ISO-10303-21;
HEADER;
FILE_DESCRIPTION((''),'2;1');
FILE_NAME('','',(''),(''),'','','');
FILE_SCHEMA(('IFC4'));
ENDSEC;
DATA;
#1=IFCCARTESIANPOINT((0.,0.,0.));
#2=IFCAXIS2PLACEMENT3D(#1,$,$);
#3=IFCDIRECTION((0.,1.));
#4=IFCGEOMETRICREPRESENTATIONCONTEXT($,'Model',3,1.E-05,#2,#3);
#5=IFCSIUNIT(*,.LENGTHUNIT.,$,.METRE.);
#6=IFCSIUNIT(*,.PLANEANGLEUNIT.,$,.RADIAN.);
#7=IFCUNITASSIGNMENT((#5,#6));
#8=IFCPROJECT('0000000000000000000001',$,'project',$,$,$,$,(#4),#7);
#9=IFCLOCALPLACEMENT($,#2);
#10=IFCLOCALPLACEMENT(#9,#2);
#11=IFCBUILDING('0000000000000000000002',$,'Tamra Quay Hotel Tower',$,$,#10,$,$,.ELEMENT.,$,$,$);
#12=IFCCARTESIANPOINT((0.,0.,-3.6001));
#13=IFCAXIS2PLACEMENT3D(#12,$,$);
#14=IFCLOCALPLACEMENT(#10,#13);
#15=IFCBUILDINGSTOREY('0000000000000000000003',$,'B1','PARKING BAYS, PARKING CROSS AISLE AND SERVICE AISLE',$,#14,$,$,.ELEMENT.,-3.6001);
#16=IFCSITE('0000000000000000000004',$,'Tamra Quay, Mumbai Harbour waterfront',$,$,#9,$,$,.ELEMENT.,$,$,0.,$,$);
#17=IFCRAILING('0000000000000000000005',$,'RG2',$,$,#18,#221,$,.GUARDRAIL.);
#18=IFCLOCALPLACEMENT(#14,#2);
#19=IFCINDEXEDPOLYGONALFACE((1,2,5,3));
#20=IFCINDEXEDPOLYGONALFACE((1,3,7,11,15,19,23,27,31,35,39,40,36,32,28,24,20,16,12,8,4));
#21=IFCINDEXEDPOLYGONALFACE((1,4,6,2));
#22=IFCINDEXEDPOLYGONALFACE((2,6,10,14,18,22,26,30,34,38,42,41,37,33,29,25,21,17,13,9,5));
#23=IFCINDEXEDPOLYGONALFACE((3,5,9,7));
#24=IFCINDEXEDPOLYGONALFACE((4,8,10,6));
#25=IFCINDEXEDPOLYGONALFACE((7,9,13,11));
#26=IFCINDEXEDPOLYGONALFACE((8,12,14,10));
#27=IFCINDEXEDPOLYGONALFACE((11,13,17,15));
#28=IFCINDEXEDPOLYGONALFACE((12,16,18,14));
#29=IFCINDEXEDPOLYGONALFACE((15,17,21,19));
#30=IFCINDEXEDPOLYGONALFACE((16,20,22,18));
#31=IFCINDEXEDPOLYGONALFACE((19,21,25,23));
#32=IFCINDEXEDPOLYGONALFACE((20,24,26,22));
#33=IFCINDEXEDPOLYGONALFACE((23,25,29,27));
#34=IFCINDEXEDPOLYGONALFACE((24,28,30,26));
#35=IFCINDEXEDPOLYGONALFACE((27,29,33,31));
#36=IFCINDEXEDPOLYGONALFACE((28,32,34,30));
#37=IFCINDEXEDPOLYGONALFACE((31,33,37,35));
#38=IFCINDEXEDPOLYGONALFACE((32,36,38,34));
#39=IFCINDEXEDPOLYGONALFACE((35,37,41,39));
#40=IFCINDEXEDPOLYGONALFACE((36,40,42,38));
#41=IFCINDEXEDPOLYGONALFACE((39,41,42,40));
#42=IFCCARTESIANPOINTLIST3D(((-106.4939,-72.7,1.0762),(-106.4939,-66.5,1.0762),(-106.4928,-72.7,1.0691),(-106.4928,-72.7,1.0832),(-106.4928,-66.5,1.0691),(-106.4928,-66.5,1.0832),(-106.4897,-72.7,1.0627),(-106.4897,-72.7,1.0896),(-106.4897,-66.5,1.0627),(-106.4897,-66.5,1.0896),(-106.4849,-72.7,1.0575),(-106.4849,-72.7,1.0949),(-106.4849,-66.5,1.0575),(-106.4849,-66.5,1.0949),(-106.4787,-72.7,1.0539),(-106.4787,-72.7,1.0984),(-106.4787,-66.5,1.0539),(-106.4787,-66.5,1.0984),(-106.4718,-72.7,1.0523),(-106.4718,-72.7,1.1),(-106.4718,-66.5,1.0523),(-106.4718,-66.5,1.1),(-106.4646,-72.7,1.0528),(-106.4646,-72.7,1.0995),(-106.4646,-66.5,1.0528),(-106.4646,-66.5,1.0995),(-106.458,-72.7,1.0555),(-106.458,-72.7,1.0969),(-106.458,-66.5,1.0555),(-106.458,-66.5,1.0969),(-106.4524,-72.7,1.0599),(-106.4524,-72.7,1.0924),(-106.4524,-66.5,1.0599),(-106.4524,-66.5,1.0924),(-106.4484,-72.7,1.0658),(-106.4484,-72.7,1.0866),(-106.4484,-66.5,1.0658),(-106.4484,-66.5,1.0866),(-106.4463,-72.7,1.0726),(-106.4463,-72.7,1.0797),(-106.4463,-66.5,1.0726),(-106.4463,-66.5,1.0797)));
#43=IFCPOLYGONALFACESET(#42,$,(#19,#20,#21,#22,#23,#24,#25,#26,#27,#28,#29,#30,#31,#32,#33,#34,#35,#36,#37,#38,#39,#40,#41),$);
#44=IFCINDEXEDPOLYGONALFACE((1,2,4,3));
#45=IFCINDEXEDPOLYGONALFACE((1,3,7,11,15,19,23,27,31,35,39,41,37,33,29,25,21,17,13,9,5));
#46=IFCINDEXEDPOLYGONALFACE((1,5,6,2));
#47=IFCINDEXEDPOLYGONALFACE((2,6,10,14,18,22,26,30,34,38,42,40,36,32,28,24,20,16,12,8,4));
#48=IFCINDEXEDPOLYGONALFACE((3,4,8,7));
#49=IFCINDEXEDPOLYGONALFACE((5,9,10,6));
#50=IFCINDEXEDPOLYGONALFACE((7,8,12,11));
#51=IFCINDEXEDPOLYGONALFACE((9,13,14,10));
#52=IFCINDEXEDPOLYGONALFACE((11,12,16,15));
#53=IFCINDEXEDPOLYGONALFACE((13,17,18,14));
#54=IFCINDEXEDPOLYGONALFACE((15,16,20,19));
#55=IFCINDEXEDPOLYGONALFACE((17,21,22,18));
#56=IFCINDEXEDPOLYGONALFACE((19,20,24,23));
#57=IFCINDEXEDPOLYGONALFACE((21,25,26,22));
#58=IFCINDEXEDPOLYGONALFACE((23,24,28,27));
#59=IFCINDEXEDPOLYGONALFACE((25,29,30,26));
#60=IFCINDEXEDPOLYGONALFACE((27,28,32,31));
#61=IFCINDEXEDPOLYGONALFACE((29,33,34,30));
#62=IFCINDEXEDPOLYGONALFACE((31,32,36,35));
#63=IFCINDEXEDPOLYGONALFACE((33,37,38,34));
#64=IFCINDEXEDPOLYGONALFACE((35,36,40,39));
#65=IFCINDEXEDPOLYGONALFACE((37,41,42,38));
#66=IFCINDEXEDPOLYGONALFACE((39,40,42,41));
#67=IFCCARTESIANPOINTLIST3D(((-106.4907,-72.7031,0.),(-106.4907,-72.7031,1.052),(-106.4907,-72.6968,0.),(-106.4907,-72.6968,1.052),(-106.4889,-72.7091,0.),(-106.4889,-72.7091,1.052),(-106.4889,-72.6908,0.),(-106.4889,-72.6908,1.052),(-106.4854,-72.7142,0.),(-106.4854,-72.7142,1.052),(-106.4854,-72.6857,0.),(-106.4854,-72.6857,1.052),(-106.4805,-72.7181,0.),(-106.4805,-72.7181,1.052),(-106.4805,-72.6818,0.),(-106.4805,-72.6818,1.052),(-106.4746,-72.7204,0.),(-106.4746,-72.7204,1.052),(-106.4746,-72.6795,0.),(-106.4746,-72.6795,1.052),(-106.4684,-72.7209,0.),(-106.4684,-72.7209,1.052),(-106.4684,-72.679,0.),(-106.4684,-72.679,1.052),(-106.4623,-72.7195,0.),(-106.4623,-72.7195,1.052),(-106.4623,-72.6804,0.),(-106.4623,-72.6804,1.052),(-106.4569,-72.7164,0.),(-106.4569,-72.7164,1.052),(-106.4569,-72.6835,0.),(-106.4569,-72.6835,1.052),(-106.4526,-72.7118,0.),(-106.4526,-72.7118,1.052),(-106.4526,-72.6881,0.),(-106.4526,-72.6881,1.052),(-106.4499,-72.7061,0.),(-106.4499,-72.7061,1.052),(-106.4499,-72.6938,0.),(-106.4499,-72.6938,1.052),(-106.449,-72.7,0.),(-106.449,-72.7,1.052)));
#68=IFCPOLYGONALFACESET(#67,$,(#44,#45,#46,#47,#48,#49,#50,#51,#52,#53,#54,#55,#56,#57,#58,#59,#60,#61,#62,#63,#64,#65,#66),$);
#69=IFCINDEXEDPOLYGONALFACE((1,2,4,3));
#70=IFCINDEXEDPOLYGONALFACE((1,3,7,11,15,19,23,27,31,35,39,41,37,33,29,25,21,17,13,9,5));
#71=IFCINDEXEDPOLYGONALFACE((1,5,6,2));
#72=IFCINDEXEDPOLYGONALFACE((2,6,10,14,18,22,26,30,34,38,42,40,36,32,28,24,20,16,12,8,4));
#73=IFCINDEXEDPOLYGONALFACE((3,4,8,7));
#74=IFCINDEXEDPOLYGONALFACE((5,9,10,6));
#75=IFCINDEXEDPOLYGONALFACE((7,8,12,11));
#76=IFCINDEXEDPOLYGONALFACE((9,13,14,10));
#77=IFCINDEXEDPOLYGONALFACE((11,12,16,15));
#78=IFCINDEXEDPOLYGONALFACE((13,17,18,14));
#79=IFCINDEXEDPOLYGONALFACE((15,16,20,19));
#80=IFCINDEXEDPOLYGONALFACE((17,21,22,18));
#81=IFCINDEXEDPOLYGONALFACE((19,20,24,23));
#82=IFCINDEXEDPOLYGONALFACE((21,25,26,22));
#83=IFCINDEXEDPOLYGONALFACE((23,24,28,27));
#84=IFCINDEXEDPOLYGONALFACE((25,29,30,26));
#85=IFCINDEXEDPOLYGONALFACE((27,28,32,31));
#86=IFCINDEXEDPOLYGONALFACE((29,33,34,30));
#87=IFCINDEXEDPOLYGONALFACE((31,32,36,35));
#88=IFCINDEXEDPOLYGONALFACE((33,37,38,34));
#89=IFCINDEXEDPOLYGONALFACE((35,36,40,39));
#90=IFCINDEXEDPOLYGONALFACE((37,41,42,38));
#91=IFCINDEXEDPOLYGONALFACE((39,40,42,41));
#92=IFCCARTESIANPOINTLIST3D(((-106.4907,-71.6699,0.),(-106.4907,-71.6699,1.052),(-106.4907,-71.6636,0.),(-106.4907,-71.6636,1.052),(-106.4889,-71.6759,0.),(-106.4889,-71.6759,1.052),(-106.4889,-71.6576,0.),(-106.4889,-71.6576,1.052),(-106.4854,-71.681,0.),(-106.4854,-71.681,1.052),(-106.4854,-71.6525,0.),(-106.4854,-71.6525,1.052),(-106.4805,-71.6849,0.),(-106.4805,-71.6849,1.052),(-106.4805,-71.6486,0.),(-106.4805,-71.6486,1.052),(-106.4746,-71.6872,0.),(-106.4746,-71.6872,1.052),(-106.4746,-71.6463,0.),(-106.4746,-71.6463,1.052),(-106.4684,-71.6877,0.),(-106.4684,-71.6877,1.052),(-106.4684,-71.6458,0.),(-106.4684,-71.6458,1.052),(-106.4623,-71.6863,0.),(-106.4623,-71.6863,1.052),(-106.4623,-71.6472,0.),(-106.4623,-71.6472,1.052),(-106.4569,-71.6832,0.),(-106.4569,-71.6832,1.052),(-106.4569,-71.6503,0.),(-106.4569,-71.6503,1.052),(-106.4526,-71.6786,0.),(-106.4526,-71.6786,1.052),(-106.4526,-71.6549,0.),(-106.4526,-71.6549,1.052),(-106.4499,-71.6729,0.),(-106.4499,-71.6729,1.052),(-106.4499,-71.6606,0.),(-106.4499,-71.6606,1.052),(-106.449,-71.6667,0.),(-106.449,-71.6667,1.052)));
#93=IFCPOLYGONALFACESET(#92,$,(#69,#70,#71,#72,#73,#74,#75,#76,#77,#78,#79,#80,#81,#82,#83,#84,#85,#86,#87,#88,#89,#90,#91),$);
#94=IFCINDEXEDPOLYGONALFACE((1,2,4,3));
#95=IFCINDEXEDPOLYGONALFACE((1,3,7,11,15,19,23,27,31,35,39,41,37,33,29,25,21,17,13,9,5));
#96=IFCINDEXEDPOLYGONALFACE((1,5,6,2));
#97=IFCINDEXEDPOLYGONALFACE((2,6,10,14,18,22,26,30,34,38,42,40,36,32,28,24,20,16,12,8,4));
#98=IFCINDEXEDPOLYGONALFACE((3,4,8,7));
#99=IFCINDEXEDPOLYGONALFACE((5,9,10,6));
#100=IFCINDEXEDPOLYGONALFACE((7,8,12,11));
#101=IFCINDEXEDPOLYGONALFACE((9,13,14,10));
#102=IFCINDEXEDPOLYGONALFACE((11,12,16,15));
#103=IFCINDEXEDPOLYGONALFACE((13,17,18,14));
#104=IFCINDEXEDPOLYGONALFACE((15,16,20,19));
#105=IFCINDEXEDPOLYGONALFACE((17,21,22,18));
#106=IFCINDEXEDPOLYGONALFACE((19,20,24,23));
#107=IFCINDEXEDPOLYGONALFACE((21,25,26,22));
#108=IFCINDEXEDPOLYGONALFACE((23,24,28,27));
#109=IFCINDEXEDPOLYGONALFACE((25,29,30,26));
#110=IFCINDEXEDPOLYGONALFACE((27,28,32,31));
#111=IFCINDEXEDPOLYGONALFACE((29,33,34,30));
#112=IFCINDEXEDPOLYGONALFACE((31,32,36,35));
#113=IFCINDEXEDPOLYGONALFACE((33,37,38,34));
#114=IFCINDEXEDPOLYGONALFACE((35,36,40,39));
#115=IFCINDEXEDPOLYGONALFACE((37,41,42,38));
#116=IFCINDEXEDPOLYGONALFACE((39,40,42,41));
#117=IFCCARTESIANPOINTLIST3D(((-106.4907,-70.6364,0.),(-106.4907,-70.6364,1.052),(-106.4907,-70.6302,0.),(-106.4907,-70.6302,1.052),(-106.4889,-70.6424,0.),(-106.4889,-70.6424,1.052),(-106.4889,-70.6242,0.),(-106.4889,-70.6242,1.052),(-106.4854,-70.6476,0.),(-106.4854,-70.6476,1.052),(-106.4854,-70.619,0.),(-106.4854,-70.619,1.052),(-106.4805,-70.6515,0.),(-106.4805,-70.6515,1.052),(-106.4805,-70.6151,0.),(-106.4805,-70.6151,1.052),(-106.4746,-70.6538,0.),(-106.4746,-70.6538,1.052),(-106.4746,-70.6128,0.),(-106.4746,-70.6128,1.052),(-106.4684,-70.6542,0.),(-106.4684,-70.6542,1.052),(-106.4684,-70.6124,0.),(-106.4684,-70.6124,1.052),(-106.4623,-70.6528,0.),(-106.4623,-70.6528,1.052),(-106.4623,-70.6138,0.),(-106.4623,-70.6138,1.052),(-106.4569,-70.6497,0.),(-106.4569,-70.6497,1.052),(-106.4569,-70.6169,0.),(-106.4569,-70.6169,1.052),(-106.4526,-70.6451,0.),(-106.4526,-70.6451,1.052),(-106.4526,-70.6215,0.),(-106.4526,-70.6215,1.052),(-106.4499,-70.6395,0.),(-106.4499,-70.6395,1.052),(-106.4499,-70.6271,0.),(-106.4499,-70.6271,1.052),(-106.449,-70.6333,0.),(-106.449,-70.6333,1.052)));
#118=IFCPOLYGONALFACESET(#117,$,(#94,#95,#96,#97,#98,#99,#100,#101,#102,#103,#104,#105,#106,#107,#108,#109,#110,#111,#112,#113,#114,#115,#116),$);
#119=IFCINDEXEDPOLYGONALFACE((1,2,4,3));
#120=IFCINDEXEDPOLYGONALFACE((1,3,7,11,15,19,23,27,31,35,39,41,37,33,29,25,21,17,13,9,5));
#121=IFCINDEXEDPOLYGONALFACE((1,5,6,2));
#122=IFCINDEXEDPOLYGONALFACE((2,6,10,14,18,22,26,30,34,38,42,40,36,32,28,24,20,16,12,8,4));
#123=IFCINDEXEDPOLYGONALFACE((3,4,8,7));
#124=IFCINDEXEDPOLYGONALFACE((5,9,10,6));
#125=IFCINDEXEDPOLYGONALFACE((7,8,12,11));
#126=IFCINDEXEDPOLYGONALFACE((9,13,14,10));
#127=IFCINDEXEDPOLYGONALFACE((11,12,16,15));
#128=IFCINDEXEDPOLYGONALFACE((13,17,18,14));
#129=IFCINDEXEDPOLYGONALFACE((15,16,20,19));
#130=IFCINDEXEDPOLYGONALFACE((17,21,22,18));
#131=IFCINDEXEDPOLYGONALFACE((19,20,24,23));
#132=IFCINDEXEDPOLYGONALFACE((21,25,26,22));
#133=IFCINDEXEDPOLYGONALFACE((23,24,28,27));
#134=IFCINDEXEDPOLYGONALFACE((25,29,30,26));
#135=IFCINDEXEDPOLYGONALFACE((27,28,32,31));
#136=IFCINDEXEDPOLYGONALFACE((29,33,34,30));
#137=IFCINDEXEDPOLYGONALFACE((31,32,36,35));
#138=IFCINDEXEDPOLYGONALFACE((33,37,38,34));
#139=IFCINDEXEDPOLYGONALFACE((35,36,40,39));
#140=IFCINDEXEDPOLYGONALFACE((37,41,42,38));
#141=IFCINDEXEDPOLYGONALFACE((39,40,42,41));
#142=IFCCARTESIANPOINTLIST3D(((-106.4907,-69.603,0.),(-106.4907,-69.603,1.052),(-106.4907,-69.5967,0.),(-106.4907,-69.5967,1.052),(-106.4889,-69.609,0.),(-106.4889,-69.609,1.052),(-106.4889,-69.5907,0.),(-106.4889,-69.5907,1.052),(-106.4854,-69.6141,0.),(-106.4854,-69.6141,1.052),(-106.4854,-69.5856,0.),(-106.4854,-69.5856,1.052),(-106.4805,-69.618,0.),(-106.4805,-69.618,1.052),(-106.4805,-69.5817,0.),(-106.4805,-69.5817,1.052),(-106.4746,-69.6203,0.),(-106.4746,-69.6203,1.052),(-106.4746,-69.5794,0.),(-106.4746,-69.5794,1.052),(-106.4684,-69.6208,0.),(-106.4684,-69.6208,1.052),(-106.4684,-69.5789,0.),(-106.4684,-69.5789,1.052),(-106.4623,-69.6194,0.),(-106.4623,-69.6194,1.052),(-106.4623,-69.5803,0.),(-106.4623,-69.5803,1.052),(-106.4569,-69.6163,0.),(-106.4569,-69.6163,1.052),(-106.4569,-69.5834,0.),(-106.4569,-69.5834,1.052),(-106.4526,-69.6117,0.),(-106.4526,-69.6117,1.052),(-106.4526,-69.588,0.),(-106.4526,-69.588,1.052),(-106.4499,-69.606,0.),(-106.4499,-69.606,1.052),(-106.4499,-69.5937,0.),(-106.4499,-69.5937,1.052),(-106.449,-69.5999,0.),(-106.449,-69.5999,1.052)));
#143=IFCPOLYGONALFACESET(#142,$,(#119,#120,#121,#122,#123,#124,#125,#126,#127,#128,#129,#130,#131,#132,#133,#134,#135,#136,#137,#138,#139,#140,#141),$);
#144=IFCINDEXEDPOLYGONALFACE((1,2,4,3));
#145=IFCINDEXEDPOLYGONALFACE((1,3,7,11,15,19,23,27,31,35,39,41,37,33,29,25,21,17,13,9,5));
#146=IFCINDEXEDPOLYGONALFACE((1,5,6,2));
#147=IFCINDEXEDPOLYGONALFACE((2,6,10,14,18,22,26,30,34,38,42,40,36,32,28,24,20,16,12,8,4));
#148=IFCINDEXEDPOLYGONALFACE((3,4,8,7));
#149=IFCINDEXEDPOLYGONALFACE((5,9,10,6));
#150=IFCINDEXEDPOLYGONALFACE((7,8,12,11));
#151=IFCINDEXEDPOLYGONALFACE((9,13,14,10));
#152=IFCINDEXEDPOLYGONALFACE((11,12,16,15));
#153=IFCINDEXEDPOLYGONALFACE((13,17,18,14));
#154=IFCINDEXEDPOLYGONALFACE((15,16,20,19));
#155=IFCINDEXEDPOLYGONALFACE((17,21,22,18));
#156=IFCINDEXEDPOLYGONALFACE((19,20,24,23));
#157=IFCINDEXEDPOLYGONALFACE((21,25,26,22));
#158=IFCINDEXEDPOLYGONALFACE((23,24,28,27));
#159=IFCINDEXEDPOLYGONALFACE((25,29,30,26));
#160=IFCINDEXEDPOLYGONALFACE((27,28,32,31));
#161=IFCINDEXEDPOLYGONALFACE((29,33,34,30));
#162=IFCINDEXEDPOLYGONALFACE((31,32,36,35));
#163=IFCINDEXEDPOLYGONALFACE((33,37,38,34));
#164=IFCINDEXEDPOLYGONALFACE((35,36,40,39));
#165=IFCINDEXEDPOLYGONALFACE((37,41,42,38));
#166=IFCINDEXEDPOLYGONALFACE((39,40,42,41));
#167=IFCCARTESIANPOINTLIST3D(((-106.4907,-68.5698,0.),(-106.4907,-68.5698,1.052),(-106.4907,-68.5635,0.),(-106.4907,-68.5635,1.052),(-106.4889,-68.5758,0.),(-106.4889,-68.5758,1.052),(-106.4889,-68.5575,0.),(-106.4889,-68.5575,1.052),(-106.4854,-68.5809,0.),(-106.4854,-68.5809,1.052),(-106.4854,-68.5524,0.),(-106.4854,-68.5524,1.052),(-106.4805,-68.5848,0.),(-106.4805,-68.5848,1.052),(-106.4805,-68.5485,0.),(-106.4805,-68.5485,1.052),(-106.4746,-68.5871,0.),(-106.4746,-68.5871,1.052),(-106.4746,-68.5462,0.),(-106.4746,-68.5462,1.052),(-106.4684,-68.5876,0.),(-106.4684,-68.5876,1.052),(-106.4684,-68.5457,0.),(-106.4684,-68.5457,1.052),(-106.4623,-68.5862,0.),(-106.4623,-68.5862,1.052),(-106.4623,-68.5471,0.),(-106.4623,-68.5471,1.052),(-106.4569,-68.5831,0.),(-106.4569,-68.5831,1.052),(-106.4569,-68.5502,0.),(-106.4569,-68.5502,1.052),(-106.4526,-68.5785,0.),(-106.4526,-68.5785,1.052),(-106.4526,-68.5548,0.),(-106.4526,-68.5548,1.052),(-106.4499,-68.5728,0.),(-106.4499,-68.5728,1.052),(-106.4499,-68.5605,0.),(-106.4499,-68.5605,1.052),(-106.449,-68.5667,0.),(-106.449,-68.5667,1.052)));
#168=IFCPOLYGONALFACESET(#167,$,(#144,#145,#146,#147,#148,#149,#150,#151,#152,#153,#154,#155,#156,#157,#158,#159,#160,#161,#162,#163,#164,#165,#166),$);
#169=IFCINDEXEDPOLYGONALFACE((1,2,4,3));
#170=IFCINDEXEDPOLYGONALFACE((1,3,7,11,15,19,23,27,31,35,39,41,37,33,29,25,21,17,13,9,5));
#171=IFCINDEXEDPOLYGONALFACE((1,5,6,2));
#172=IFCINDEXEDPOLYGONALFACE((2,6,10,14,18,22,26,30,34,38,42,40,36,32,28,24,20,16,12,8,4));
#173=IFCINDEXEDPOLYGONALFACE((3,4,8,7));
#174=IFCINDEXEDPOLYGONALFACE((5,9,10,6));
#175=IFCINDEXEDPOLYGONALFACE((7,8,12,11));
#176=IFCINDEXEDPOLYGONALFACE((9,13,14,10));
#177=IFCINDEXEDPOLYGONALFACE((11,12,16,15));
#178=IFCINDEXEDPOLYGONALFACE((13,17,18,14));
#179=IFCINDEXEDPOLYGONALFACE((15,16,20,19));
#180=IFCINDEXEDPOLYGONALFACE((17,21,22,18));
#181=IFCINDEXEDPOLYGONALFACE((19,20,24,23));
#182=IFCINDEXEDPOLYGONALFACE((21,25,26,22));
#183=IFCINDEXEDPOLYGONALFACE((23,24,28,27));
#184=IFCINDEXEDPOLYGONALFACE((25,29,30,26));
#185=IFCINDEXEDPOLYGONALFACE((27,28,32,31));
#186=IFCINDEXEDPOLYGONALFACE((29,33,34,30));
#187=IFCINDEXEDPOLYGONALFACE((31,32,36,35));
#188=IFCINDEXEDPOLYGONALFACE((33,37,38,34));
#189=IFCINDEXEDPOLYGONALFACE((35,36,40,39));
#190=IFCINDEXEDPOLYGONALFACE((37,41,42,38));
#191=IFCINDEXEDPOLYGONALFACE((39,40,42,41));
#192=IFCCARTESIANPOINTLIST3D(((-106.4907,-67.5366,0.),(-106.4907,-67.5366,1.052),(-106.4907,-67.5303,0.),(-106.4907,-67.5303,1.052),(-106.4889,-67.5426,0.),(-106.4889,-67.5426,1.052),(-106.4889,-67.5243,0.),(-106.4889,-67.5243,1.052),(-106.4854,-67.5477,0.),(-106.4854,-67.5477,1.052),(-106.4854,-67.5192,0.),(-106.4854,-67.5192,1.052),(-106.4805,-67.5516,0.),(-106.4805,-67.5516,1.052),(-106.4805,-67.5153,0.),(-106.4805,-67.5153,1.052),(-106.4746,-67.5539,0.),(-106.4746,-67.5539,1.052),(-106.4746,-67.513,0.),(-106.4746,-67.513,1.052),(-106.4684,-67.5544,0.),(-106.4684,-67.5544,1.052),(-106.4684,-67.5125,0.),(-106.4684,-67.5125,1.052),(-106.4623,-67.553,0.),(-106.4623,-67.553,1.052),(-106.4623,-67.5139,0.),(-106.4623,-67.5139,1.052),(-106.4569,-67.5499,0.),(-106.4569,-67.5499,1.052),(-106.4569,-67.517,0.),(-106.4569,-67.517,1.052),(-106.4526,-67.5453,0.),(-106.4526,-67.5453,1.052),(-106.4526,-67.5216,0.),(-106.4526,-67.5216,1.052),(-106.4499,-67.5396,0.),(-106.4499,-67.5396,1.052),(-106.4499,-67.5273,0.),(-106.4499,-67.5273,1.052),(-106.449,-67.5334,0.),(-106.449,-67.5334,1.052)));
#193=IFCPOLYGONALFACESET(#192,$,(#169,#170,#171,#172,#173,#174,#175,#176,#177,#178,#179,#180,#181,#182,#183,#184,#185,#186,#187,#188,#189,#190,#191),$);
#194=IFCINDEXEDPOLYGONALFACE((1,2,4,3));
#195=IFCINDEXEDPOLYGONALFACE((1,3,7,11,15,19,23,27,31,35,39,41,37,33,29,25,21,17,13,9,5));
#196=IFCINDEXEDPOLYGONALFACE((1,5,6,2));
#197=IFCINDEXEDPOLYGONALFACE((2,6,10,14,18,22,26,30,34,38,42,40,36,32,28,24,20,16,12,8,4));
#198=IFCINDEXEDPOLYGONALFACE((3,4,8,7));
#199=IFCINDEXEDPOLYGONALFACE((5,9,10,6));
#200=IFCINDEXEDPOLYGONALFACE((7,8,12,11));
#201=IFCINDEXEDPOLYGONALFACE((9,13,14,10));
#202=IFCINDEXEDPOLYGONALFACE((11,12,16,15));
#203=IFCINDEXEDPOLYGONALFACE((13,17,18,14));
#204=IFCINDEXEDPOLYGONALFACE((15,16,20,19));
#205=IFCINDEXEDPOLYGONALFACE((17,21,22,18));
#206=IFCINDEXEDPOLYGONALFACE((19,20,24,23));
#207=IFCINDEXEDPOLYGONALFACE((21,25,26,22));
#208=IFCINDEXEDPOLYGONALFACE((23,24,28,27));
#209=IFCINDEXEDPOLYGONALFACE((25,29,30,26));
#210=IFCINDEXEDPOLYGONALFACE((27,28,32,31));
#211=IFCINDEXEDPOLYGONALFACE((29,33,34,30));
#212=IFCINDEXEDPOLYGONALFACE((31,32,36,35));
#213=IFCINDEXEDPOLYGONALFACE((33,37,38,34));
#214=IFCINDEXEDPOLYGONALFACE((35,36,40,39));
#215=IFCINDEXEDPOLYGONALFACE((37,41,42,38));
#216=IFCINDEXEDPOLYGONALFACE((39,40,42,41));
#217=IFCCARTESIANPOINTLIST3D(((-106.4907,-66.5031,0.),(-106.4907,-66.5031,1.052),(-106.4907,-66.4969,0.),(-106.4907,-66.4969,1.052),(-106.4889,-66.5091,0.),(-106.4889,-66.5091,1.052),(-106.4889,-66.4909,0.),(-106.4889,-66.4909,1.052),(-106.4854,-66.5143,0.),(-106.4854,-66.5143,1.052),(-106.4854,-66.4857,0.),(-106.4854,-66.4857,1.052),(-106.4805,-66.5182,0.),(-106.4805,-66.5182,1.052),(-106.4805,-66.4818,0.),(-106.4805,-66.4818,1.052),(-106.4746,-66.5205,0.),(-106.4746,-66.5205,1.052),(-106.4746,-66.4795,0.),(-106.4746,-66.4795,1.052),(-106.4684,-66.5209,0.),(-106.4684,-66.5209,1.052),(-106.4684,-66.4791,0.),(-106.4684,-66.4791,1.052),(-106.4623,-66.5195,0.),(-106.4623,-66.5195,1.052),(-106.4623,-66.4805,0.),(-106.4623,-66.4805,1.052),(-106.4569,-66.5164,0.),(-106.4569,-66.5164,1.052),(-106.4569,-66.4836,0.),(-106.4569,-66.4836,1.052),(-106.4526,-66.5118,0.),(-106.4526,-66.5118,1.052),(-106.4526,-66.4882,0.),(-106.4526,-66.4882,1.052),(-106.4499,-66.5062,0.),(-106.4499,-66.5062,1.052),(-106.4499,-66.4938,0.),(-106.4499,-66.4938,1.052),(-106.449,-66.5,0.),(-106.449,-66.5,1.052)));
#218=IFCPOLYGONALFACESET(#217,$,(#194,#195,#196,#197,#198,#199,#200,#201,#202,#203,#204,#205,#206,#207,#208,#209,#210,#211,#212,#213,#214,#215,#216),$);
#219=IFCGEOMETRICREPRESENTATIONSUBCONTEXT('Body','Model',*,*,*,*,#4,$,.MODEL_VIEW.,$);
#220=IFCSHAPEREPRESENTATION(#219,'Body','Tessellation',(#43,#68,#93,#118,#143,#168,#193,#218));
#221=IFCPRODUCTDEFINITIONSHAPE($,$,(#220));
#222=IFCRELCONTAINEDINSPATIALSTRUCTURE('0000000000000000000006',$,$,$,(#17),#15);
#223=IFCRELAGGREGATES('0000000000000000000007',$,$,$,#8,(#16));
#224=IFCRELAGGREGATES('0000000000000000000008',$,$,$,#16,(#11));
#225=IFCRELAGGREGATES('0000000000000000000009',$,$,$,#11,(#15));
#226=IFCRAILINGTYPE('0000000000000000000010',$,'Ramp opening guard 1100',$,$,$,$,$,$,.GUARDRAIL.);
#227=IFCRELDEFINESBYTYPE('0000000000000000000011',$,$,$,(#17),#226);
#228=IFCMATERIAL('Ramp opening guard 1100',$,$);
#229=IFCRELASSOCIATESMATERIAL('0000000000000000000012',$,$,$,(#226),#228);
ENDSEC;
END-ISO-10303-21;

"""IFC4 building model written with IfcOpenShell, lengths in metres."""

from ifc_helpers import new_model, si_unit, direction, frame, origin, origin_2d, place, context, subcontext, project, spatial, circle, extrude, material, type_object, element, save


model = new_model("IFC4")

# Units and contexts
model_context = context("Model", 3, precision=1e-05, world=origin(), true_north=direction((0.0, 1.0)))
body_context = subcontext(model_context, "Body", "Model", "MODEL_VIEW")
ifc_project = project(units=[si_unit("LENGTHUNIT", "METRE"), si_unit("PLANEANGLEUNIT", "RADIAN")], contexts=[model_context])

# Site, building, storey
site_placement = place(None, origin())
site = spatial("IfcSite", under=ifc_project, at=site_placement, Name="Tamra Quay, Mumbai Harbour waterfront", CompositionType="ELEMENT", RefElevation=0.0)
building_placement = place(site_placement, origin())
building = spatial("IfcBuilding", under=site, at=building_placement, Name="Tamra Quay Hotel Tower", CompositionType="ELEMENT")
storey_placement = place(building_placement, frame((0.0, 0.0, -3.6001)))
storey = spatial("IfcBuildingStorey", under=building, at=storey_placement, Name="B1", Description="PARKING BAYS, PARKING CROSS AISLE AND SERVICE AISLE", CompositionType="ELEMENT", Elevation=-3.6001)

# Railing
ifc_material_1 = material(Name="Ramp opening guard 1100")
railing_type = type_object("IfcRailingType", Name="Ramp opening guard 1100", PredefinedType="GUARDRAIL", material=ifc_material_1)
railing_placement = place(storey_placement, frame((-106.47, -72.7, 0.0)))
element("IfcRailing", 1, at=railing_placement, inside=storey, type_object=railing_type, Name="RG2", PredefinedType="GUARDRAIL", context=body_context, shape_type="SweptSolid", body=[
    extrude(circle(Radius=0.0239, at=origin_2d()), frame((0.0, 0.0, 1.0762), z_axis=(0.0, 1.0, 0.0), x_axis=(-1.0, 0.0, 0.0)), (0.0, 0.0, 1.0), 6.2),
    extrude(circle(Radius=0.021, at=origin_2d()), origin(), (0.0, 0.0, 1.0), 1.052),
    extrude(circle(Radius=0.021, at=origin_2d()), frame((0.0, 1.0332, 0.0)), (0.0, 0.0, 1.0), 1.052),
    extrude(circle(Radius=0.021, at=origin_2d()), frame((0.0, 2.0667, 0.0)), (0.0, 0.0, 1.0), 1.052),
    extrude(circle(Radius=0.021, at=origin_2d()), frame((0.0, 3.1001, 0.0)), (0.0, 0.0, 1.0), 1.052),
    extrude(circle(Radius=0.021, at=origin_2d()), frame((0.0, 4.1333, 0.0)), (0.0, 0.0, 1.0), 1.052),
    extrude(circle(Radius=0.021, at=origin_2d()), frame((0.0, 5.1665, 0.0)), (0.0, 0.0, 1.0), 1.052),
    extrude(circle(Radius=0.021, at=origin_2d()), frame((0.0, 6.2, 0.0)), (0.0, 0.0, 1.0), 1.052),
])

save(model, "model.ifc")
